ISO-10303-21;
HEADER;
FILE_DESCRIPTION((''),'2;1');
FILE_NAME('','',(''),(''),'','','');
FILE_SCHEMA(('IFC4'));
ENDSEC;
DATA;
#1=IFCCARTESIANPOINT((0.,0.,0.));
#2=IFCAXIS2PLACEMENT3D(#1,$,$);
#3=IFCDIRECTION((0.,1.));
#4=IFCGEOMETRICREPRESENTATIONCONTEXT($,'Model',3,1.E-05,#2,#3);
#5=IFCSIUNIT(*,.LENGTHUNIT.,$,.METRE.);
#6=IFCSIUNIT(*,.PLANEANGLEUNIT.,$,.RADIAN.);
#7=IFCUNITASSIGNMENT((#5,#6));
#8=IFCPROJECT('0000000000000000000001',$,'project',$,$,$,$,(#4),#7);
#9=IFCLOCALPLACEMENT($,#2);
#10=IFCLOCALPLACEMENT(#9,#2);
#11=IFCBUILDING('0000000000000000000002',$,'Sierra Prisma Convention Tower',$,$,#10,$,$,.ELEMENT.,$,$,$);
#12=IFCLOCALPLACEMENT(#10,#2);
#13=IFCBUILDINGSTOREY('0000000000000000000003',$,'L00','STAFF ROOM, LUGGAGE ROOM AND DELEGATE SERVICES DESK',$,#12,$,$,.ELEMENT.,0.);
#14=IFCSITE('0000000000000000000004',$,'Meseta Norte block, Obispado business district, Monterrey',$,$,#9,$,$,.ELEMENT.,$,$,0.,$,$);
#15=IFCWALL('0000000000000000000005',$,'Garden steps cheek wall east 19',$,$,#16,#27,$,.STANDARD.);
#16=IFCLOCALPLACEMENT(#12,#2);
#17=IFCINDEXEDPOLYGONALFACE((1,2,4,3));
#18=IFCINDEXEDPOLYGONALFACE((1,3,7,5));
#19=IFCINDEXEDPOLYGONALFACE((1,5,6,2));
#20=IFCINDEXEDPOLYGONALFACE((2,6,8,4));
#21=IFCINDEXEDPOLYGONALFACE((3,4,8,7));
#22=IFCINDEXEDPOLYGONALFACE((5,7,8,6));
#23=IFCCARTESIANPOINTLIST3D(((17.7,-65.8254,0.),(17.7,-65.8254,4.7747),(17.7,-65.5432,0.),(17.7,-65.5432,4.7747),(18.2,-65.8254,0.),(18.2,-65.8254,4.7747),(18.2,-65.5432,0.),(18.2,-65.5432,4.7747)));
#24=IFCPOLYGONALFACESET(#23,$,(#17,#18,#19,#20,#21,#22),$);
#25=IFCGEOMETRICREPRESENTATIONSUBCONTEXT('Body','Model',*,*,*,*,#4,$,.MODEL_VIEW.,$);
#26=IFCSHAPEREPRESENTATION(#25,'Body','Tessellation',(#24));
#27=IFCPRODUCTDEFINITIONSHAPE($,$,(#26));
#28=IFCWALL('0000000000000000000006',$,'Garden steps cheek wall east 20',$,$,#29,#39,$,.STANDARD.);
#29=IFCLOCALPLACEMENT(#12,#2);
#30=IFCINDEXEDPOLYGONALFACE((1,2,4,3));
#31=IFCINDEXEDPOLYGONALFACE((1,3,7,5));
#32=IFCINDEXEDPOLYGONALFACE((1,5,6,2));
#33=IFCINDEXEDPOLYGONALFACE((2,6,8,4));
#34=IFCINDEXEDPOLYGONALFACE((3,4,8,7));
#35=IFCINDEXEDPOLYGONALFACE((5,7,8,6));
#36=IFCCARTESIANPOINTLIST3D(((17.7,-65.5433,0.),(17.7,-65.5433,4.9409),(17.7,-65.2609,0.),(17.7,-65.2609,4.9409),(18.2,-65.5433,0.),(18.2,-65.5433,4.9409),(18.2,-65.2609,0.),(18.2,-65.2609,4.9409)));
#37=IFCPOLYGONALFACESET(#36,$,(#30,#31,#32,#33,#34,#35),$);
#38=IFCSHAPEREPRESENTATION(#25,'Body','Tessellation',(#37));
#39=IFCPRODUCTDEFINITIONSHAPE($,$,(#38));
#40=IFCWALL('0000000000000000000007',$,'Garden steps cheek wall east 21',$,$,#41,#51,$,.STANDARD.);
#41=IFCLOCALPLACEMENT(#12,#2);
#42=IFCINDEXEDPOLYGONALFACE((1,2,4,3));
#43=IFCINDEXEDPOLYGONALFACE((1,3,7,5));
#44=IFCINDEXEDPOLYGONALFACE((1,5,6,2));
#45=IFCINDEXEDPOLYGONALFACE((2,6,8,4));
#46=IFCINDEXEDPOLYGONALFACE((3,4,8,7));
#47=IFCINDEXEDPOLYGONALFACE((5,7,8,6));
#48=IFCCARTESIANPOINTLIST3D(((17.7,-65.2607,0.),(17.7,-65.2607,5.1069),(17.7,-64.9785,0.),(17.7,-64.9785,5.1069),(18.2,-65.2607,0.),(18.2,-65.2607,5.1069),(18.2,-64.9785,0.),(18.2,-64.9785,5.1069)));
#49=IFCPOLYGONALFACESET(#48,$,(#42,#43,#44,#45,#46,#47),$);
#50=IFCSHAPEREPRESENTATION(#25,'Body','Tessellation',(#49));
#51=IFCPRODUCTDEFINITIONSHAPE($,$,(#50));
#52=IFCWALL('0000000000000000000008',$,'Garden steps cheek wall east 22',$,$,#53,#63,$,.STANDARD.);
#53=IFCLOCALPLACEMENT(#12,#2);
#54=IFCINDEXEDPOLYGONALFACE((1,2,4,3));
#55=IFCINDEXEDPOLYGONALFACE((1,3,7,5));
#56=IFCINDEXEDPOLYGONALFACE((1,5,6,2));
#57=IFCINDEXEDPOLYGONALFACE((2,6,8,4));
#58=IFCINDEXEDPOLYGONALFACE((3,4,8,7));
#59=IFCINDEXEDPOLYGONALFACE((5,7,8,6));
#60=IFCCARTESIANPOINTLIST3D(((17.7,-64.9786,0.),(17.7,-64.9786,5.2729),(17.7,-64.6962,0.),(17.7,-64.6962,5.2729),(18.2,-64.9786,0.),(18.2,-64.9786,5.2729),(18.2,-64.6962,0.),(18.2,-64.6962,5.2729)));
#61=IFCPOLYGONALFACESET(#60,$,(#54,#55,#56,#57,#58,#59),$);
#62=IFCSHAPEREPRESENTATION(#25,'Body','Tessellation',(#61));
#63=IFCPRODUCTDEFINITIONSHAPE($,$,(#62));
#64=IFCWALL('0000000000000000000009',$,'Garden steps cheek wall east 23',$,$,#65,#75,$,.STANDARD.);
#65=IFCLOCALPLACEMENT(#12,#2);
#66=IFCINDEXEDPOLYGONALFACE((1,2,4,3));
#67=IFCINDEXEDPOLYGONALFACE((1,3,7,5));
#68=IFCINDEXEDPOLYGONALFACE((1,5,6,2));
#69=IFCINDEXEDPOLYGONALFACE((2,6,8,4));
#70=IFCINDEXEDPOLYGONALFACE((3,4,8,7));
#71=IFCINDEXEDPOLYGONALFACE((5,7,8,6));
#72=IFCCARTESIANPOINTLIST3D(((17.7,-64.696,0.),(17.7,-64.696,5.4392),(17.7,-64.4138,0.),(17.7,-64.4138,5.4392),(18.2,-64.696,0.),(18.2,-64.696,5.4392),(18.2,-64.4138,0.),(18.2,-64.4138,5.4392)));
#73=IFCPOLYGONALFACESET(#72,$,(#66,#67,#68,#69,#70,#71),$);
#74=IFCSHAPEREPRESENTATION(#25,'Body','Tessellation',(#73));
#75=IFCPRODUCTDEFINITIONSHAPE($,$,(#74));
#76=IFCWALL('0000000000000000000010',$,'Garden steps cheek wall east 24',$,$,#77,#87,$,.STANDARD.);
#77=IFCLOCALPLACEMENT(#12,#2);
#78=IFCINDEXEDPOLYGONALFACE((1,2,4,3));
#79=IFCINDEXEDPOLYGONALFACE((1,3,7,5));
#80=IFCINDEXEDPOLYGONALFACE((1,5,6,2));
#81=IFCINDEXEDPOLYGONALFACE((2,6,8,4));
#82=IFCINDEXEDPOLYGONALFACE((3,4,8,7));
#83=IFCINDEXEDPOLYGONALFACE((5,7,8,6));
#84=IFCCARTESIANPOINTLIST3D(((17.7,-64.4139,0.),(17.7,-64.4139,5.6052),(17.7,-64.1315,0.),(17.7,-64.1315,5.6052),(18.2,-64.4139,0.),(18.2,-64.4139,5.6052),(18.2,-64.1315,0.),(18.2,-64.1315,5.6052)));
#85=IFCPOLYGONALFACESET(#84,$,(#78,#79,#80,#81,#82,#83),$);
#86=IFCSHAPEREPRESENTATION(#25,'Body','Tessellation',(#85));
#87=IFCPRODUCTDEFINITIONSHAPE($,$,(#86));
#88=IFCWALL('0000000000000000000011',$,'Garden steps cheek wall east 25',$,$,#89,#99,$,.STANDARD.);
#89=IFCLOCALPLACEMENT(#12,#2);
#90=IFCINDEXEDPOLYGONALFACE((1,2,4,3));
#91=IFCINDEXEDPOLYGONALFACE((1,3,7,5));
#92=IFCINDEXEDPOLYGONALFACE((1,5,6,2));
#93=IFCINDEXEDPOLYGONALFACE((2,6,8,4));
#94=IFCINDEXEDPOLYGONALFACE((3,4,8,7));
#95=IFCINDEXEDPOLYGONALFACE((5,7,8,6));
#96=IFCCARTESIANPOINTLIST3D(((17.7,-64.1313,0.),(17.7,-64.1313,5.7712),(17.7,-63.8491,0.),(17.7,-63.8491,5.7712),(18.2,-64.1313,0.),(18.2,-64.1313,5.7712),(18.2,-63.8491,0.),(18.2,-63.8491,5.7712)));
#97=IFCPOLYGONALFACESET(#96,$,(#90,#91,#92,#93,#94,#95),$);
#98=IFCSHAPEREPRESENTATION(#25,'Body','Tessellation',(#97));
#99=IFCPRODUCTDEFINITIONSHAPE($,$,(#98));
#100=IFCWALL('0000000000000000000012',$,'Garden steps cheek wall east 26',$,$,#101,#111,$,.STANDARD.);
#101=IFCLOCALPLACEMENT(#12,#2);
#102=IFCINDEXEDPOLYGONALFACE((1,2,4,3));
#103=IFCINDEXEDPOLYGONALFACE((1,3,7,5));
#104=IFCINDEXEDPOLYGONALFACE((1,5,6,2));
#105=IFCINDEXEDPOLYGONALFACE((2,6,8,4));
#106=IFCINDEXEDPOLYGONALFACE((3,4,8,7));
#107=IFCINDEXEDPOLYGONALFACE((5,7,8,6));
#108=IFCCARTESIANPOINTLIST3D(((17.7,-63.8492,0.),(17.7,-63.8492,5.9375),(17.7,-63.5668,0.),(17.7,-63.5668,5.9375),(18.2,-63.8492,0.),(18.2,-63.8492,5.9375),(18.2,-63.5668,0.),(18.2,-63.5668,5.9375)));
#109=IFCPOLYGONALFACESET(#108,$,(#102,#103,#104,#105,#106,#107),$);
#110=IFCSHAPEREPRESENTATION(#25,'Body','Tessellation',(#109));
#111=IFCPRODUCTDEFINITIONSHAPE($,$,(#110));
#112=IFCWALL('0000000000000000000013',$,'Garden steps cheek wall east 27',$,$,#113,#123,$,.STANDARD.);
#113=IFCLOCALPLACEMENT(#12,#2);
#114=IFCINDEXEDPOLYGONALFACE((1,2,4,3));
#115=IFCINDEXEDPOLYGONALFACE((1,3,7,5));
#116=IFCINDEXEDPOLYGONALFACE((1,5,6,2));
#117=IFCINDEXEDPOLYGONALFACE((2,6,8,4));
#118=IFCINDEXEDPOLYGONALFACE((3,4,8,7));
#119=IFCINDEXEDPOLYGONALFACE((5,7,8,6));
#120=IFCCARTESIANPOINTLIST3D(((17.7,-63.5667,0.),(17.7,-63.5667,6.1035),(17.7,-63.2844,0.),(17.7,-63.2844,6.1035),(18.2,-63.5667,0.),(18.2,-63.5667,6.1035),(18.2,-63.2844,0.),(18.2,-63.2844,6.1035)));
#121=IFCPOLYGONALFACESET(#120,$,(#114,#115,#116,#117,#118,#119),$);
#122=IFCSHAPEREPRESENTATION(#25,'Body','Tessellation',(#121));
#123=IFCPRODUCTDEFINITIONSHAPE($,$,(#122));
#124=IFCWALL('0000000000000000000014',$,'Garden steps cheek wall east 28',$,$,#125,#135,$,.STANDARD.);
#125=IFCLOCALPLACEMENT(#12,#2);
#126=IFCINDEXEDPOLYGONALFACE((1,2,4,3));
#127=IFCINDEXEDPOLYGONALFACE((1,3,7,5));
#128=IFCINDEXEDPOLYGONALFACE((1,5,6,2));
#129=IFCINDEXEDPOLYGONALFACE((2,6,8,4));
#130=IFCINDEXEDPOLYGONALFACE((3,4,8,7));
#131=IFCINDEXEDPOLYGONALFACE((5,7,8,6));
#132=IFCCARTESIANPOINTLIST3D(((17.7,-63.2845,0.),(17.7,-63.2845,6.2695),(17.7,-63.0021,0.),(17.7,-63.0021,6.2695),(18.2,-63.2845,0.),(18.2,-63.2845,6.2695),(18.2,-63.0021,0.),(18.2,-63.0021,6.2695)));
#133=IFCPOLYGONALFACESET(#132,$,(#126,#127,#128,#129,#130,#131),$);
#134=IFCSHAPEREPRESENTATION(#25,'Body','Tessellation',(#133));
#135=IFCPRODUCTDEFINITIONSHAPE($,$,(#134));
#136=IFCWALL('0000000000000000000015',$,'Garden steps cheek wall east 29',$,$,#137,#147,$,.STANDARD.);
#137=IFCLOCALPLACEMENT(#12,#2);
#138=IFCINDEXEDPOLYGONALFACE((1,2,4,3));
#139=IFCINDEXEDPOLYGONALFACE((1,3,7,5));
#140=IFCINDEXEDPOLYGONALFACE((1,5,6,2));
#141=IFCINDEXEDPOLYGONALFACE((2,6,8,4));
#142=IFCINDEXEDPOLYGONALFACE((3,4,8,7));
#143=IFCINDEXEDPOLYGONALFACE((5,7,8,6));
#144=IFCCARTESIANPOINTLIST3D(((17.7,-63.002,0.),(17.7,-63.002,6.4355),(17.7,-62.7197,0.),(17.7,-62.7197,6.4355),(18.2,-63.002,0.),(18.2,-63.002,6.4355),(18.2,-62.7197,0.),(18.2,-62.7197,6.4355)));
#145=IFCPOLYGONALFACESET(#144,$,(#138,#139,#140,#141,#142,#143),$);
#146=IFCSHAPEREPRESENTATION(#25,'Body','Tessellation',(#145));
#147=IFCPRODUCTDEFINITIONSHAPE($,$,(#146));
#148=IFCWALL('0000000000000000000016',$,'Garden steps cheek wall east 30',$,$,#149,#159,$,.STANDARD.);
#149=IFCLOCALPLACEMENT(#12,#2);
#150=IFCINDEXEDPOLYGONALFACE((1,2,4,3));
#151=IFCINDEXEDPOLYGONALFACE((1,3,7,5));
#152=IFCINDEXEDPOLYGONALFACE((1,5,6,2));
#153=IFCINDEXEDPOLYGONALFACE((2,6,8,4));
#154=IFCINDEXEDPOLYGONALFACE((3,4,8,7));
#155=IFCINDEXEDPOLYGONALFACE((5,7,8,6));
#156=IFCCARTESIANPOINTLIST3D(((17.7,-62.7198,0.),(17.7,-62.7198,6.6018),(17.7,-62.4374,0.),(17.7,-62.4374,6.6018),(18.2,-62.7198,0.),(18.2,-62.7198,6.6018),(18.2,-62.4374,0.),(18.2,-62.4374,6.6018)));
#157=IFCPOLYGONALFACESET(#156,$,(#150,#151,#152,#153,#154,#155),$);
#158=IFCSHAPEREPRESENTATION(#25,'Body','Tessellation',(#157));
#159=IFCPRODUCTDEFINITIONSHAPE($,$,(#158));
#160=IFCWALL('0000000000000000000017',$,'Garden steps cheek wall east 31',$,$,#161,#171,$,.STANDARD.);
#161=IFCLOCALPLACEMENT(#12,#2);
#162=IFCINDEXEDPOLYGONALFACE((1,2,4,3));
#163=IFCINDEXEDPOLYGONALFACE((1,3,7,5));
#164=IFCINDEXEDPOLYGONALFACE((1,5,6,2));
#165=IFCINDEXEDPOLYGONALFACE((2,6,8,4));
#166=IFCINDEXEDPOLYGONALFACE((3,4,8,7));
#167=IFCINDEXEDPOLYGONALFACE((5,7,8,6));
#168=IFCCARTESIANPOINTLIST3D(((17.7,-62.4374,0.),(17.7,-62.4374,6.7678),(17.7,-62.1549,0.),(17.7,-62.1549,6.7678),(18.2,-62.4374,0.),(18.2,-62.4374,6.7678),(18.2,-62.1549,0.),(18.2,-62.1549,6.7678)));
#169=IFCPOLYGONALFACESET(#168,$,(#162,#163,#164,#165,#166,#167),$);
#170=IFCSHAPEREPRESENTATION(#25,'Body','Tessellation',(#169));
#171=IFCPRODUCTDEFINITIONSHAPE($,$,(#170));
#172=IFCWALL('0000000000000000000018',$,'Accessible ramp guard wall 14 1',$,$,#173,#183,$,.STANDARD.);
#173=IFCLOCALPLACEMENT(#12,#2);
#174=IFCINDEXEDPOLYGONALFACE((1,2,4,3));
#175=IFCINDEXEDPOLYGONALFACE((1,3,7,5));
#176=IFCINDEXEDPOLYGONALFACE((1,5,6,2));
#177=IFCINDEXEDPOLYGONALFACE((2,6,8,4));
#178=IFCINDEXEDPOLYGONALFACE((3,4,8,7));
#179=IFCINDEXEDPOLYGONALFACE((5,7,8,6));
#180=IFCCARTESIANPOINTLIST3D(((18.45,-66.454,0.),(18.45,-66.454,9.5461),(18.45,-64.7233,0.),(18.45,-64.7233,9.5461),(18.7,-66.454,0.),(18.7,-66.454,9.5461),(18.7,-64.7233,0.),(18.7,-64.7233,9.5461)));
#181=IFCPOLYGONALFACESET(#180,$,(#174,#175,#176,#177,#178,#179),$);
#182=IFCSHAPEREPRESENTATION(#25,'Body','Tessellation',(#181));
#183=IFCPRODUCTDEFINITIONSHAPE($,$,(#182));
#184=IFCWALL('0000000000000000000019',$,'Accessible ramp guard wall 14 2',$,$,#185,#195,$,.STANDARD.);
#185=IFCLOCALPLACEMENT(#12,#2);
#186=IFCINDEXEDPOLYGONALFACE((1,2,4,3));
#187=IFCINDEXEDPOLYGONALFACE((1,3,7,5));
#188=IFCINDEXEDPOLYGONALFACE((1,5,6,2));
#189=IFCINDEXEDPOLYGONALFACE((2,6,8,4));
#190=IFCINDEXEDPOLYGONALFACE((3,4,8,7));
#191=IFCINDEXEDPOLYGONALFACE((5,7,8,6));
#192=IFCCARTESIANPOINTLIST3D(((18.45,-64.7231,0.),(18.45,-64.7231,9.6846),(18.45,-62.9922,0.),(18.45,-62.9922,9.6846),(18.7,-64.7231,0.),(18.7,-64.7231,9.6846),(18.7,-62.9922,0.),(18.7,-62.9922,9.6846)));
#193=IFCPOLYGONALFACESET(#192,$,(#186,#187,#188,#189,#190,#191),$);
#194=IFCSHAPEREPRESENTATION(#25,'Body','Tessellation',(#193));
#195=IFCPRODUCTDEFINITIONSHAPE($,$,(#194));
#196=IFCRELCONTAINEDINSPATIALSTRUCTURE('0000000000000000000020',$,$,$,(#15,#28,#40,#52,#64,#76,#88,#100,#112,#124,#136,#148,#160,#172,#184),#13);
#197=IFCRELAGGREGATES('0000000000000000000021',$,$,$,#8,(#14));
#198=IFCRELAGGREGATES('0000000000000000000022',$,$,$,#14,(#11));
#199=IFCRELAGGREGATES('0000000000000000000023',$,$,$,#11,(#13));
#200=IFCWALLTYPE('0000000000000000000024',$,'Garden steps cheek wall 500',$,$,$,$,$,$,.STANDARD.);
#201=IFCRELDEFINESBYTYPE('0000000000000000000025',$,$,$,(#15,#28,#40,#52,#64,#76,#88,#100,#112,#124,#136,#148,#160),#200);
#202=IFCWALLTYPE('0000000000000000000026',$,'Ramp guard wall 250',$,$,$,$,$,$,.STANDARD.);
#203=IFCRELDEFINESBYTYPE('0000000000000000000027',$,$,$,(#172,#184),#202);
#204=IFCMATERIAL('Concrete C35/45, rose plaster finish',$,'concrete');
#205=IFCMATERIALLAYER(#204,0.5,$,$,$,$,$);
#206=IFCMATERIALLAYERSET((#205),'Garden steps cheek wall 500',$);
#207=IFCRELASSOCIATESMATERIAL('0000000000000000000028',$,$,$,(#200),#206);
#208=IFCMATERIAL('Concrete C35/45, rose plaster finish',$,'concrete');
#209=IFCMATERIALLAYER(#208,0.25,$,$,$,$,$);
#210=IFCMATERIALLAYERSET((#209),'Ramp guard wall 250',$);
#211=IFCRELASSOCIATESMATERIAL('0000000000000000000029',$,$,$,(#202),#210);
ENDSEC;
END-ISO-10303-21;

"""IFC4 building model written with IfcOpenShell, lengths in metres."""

from ifc_helpers import new_model, si_unit, direction, frame, frame_2d, origin, place, context, subcontext, project, spatial, rectangle, extrude, material, layer, layer_set, type_object, element, save


model = new_model("IFC4")

# Units and contexts
model_context = context("Model", 3, precision=1e-05, world=origin(), true_north=direction((0.0, 1.0)))
body_context = subcontext(model_context, "Body", "Model", "MODEL_VIEW")
ifc_project = project(units=[si_unit("LENGTHUNIT", "METRE"), si_unit("PLANEANGLEUNIT", "RADIAN")], contexts=[model_context])

# Site, building, storey
site_placement = place(None, origin())
site = spatial("IfcSite", under=ifc_project, at=site_placement, Name="Meseta Norte block, Obispado business district, Monterrey", CompositionType="ELEMENT", RefElevation=0.0)
building_placement = place(site_placement, origin())
building = spatial("IfcBuilding", under=site, at=building_placement, Name="Sierra Prisma Convention Tower", CompositionType="ELEMENT")
storey_placement = place(building_placement, origin())
storey = spatial("IfcBuildingStorey", under=building, at=storey_placement, Name="L00", Description="STAFF ROOM, LUGGAGE ROOM AND DELEGATE SERVICES DESK", CompositionType="ELEMENT", Elevation=0.0)

# Walls
ifc_material_1 = material(Name="Concrete C35/45, rose plaster finish", Category="concrete")
ifc_layer_1 = layer(ifc_material_1, 0.5)
ifc_layer_set_1 = layer_set([ifc_layer_1], Name="Garden steps cheek wall 500")
wall_type_1 = type_object("IfcWallType", Name="Garden steps cheek wall 500", PredefinedType="STANDARD", material=ifc_layer_set_1)
wall_1_placement = place(storey_placement, frame((17.95, -65.8254, 0.0), z_axis=(0.0, 0.0, 1.0), x_axis=(0.0, 1.0, 0.0)))
element("IfcWall", 1, at=wall_1_placement, inside=storey, type_object=wall_type_1, Name="Garden steps cheek wall east 19", PredefinedType="STANDARD", context=body_context, shape_type="SweptSolid", body=[
    extrude(rectangle(XDim=0.2822, YDim=0.5, at=frame_2d((0.1411, 0.0))), origin(), (0.0, 0.0, 1.0), 4.7747),
])
wall_2_placement = place(storey_placement, frame((17.95, -65.5432, 0.0), z_axis=(0.0, 0.0, 1.0), x_axis=(0.0, 1.0, 0.0)))
element("IfcWall", 2, at=wall_2_placement, inside=storey, type_object=wall_type_1, Name="Garden steps cheek wall east 20", PredefinedType="STANDARD", context=body_context, shape_type="SweptSolid", body=[
    extrude(rectangle(XDim=0.2825, YDim=0.5, at=frame_2d((0.1411, 0.0))), origin(), (0.0, 0.0, 1.0), 4.9409),
])
wall_3_placement = place(storey_placement, frame((17.95, -65.2607, 0.0), z_axis=(0.0, 0.0, 1.0), x_axis=(0.0, 1.0, 0.0)))
element("IfcWall", 3, at=wall_3_placement, inside=storey, type_object=wall_type_1, Name="Garden steps cheek wall east 21", PredefinedType="STANDARD", context=body_context, shape_type="SweptSolid", body=[
    extrude(rectangle(XDim=0.2822, YDim=0.5, at=frame_2d((0.1411, 0.0))), origin(), (0.0, 0.0, 1.0), 5.1069),
])
wall_4_placement = place(storey_placement, frame((17.95, -64.9785, 0.0), z_axis=(0.0, 0.0, 1.0), x_axis=(0.0, 1.0, 0.0)))
element("IfcWall", 4, at=wall_4_placement, inside=storey, type_object=wall_type_1, Name="Garden steps cheek wall east 22", PredefinedType="STANDARD", context=body_context, shape_type="SweptSolid", body=[
    extrude(rectangle(XDim=0.2825, YDim=0.5, at=frame_2d((0.1411, 0.0))), origin(), (0.0, 0.0, 1.0), 5.2729),
])
wall_5_placement = place(storey_placement, frame((17.95, -64.696, 0.0), z_axis=(0.0, 0.0, 1.0), x_axis=(0.0, 1.0, 0.0)))
element("IfcWall", 5, at=wall_5_placement, inside=storey, type_object=wall_type_1, Name="Garden steps cheek wall east 23", PredefinedType="STANDARD", context=body_context, shape_type="SweptSolid", body=[
    extrude(rectangle(XDim=0.2822, YDim=0.5, at=frame_2d((0.1411, 0.0))), origin(), (0.0, 0.0, 1.0), 5.4392),
])
wall_6_placement = place(storey_placement, frame((17.95, -64.4138, 0.0), z_axis=(0.0, 0.0, 1.0), x_axis=(0.0, 1.0, 0.0)))
element("IfcWall", 6, at=wall_6_placement, inside=storey, type_object=wall_type_1, Name="Garden steps cheek wall east 24", PredefinedType="STANDARD", context=body_context, shape_type="SweptSolid", body=[
    extrude(rectangle(XDim=0.2825, YDim=0.5, at=frame_2d((0.1411, 0.0))), origin(), (0.0, 0.0, 1.0), 5.6052),
])
wall_7_placement = place(storey_placement, frame((17.95, -64.1313, 0.0), z_axis=(0.0, 0.0, 1.0), x_axis=(0.0, 1.0, 0.0)))
element("IfcWall", 7, at=wall_7_placement, inside=storey, type_object=wall_type_1, Name="Garden steps cheek wall east 25", PredefinedType="STANDARD", context=body_context, shape_type="SweptSolid", body=[
    extrude(rectangle(XDim=0.2822, YDim=0.5, at=frame_2d((0.1411, 0.0))), origin(), (0.0, 0.0, 1.0), 5.7712),
])
wall_8_placement = place(storey_placement, frame((17.95, -63.8491, 0.0), z_axis=(0.0, 0.0, 1.0), x_axis=(0.0, 1.0, 0.0)))
element("IfcWall", 8, at=wall_8_placement, inside=storey, type_object=wall_type_1, Name="Garden steps cheek wall east 26", PredefinedType="STANDARD", context=body_context, shape_type="SweptSolid", body=[
    extrude(rectangle(XDim=0.2825, YDim=0.5, at=frame_2d((0.1411, 0.0))), origin(), (0.0, 0.0, 1.0), 5.9375),
])
wall_9_placement = place(storey_placement, frame((17.95, -63.5667, 0.0), z_axis=(0.0, 0.0, 1.0), x_axis=(0.0, 1.0, 0.0)))
element("IfcWall", 9, at=wall_9_placement, inside=storey, type_object=wall_type_1, Name="Garden steps cheek wall east 27", PredefinedType="STANDARD", context=body_context, shape_type="SweptSolid", body=[
    extrude(rectangle(XDim=0.2822, YDim=0.5, at=frame_2d((0.1411, 0.0))), origin(), (0.0, 0.0, 1.0), 6.1035),
])
wall_10_placement = place(storey_placement, frame((17.95, -63.2844, 0.0), z_axis=(0.0, 0.0, 1.0), x_axis=(0.0, 1.0, 0.0)))
element("IfcWall", 10, at=wall_10_placement, inside=storey, type_object=wall_type_1, Name="Garden steps cheek wall east 28", PredefinedType="STANDARD", context=body_context, shape_type="SweptSolid", body=[
    extrude(rectangle(XDim=0.2825, YDim=0.5, at=frame_2d((0.1411, 0.0))), origin(), (0.0, 0.0, 1.0), 6.2695),
])
wall_11_placement = place(storey_placement, frame((17.95, -63.002, 0.0), z_axis=(0.0, 0.0, 1.0), x_axis=(0.0, 1.0, 0.0)))
element("IfcWall", 11, at=wall_11_placement, inside=storey, type_object=wall_type_1, Name="Garden steps cheek wall east 29", PredefinedType="STANDARD", context=body_context, shape_type="SweptSolid", body=[
    extrude(rectangle(XDim=0.2822, YDim=0.5, at=frame_2d((0.1411, 0.0))), origin(), (0.0, 0.0, 1.0), 6.4355),
])
wall_12_placement = place(storey_placement, frame((17.95, -62.7197, 0.0), z_axis=(0.0, 0.0, 1.0), x_axis=(0.0, 1.0, 0.0)))
element("IfcWall", 12, at=wall_12_placement, inside=storey, type_object=wall_type_1, Name="Garden steps cheek wall east 30", PredefinedType="STANDARD", context=body_context, shape_type="SweptSolid", body=[
    extrude(rectangle(XDim=0.2825, YDim=0.5, at=frame_2d((0.1411, 0.0))), origin(), (0.0, 0.0, 1.0), 6.6018),
])
wall_13_placement = place(storey_placement, frame((17.95, -62.4373, 0.0), z_axis=(0.0, 0.0, 1.0), x_axis=(0.0, 1.0, 0.0)))
element("IfcWall", 13, at=wall_13_placement, inside=storey, type_object=wall_type_1, Name="Garden steps cheek wall east 31", PredefinedType="STANDARD", context=body_context, shape_type="SweptSolid", body=[
    extrude(rectangle(XDim=0.2825, YDim=0.5, at=frame_2d((0.1411, 0.0))), origin(), (0.0, 0.0, 1.0), 6.7678),
])
ifc_material_2 = material(Name="Concrete C35/45, rose plaster finish", Category="concrete")
ifc_layer_2 = layer(ifc_material_2, 0.25)
ifc_layer_set_2 = layer_set([ifc_layer_2], Name="Ramp guard wall 250")
wall_type_2 = type_object("IfcWallType", Name="Ramp guard wall 250", PredefinedType="STANDARD", material=ifc_layer_set_2)
wall_14_placement = place(storey_placement, frame((18.575, -66.4539, 0.0), z_axis=(0.0, 0.0, 1.0), x_axis=(0.0, 1.0, 0.0)))
element("IfcWall", 14, at=wall_14_placement, inside=storey, type_object=wall_type_2, Name="Accessible ramp guard wall 14 1", PredefinedType="STANDARD", context=body_context, shape_type="SweptSolid", body=[
    extrude(rectangle(XDim=1.7307, YDim=0.25, at=frame_2d((0.8652, 0.0))), origin(), (0.0, 0.0, 1.0), 9.5461),
])
wall_15_placement = place(storey_placement, frame((18.575, -64.7231, 0.0), z_axis=(0.0, 0.0, 1.0), x_axis=(0.0, 1.0, 0.0)))
element("IfcWall", 15, at=wall_15_placement, inside=storey, type_object=wall_type_2, Name="Accessible ramp guard wall 14 2", PredefinedType="STANDARD", context=body_context, shape_type="SweptSolid", body=[
    extrude(rectangle(XDim=1.731, YDim=0.25, at=frame_2d((0.8655, 0.0))), origin(), (0.0, 0.0, 1.0), 9.6846),
])

save(model, "model.ifc")
